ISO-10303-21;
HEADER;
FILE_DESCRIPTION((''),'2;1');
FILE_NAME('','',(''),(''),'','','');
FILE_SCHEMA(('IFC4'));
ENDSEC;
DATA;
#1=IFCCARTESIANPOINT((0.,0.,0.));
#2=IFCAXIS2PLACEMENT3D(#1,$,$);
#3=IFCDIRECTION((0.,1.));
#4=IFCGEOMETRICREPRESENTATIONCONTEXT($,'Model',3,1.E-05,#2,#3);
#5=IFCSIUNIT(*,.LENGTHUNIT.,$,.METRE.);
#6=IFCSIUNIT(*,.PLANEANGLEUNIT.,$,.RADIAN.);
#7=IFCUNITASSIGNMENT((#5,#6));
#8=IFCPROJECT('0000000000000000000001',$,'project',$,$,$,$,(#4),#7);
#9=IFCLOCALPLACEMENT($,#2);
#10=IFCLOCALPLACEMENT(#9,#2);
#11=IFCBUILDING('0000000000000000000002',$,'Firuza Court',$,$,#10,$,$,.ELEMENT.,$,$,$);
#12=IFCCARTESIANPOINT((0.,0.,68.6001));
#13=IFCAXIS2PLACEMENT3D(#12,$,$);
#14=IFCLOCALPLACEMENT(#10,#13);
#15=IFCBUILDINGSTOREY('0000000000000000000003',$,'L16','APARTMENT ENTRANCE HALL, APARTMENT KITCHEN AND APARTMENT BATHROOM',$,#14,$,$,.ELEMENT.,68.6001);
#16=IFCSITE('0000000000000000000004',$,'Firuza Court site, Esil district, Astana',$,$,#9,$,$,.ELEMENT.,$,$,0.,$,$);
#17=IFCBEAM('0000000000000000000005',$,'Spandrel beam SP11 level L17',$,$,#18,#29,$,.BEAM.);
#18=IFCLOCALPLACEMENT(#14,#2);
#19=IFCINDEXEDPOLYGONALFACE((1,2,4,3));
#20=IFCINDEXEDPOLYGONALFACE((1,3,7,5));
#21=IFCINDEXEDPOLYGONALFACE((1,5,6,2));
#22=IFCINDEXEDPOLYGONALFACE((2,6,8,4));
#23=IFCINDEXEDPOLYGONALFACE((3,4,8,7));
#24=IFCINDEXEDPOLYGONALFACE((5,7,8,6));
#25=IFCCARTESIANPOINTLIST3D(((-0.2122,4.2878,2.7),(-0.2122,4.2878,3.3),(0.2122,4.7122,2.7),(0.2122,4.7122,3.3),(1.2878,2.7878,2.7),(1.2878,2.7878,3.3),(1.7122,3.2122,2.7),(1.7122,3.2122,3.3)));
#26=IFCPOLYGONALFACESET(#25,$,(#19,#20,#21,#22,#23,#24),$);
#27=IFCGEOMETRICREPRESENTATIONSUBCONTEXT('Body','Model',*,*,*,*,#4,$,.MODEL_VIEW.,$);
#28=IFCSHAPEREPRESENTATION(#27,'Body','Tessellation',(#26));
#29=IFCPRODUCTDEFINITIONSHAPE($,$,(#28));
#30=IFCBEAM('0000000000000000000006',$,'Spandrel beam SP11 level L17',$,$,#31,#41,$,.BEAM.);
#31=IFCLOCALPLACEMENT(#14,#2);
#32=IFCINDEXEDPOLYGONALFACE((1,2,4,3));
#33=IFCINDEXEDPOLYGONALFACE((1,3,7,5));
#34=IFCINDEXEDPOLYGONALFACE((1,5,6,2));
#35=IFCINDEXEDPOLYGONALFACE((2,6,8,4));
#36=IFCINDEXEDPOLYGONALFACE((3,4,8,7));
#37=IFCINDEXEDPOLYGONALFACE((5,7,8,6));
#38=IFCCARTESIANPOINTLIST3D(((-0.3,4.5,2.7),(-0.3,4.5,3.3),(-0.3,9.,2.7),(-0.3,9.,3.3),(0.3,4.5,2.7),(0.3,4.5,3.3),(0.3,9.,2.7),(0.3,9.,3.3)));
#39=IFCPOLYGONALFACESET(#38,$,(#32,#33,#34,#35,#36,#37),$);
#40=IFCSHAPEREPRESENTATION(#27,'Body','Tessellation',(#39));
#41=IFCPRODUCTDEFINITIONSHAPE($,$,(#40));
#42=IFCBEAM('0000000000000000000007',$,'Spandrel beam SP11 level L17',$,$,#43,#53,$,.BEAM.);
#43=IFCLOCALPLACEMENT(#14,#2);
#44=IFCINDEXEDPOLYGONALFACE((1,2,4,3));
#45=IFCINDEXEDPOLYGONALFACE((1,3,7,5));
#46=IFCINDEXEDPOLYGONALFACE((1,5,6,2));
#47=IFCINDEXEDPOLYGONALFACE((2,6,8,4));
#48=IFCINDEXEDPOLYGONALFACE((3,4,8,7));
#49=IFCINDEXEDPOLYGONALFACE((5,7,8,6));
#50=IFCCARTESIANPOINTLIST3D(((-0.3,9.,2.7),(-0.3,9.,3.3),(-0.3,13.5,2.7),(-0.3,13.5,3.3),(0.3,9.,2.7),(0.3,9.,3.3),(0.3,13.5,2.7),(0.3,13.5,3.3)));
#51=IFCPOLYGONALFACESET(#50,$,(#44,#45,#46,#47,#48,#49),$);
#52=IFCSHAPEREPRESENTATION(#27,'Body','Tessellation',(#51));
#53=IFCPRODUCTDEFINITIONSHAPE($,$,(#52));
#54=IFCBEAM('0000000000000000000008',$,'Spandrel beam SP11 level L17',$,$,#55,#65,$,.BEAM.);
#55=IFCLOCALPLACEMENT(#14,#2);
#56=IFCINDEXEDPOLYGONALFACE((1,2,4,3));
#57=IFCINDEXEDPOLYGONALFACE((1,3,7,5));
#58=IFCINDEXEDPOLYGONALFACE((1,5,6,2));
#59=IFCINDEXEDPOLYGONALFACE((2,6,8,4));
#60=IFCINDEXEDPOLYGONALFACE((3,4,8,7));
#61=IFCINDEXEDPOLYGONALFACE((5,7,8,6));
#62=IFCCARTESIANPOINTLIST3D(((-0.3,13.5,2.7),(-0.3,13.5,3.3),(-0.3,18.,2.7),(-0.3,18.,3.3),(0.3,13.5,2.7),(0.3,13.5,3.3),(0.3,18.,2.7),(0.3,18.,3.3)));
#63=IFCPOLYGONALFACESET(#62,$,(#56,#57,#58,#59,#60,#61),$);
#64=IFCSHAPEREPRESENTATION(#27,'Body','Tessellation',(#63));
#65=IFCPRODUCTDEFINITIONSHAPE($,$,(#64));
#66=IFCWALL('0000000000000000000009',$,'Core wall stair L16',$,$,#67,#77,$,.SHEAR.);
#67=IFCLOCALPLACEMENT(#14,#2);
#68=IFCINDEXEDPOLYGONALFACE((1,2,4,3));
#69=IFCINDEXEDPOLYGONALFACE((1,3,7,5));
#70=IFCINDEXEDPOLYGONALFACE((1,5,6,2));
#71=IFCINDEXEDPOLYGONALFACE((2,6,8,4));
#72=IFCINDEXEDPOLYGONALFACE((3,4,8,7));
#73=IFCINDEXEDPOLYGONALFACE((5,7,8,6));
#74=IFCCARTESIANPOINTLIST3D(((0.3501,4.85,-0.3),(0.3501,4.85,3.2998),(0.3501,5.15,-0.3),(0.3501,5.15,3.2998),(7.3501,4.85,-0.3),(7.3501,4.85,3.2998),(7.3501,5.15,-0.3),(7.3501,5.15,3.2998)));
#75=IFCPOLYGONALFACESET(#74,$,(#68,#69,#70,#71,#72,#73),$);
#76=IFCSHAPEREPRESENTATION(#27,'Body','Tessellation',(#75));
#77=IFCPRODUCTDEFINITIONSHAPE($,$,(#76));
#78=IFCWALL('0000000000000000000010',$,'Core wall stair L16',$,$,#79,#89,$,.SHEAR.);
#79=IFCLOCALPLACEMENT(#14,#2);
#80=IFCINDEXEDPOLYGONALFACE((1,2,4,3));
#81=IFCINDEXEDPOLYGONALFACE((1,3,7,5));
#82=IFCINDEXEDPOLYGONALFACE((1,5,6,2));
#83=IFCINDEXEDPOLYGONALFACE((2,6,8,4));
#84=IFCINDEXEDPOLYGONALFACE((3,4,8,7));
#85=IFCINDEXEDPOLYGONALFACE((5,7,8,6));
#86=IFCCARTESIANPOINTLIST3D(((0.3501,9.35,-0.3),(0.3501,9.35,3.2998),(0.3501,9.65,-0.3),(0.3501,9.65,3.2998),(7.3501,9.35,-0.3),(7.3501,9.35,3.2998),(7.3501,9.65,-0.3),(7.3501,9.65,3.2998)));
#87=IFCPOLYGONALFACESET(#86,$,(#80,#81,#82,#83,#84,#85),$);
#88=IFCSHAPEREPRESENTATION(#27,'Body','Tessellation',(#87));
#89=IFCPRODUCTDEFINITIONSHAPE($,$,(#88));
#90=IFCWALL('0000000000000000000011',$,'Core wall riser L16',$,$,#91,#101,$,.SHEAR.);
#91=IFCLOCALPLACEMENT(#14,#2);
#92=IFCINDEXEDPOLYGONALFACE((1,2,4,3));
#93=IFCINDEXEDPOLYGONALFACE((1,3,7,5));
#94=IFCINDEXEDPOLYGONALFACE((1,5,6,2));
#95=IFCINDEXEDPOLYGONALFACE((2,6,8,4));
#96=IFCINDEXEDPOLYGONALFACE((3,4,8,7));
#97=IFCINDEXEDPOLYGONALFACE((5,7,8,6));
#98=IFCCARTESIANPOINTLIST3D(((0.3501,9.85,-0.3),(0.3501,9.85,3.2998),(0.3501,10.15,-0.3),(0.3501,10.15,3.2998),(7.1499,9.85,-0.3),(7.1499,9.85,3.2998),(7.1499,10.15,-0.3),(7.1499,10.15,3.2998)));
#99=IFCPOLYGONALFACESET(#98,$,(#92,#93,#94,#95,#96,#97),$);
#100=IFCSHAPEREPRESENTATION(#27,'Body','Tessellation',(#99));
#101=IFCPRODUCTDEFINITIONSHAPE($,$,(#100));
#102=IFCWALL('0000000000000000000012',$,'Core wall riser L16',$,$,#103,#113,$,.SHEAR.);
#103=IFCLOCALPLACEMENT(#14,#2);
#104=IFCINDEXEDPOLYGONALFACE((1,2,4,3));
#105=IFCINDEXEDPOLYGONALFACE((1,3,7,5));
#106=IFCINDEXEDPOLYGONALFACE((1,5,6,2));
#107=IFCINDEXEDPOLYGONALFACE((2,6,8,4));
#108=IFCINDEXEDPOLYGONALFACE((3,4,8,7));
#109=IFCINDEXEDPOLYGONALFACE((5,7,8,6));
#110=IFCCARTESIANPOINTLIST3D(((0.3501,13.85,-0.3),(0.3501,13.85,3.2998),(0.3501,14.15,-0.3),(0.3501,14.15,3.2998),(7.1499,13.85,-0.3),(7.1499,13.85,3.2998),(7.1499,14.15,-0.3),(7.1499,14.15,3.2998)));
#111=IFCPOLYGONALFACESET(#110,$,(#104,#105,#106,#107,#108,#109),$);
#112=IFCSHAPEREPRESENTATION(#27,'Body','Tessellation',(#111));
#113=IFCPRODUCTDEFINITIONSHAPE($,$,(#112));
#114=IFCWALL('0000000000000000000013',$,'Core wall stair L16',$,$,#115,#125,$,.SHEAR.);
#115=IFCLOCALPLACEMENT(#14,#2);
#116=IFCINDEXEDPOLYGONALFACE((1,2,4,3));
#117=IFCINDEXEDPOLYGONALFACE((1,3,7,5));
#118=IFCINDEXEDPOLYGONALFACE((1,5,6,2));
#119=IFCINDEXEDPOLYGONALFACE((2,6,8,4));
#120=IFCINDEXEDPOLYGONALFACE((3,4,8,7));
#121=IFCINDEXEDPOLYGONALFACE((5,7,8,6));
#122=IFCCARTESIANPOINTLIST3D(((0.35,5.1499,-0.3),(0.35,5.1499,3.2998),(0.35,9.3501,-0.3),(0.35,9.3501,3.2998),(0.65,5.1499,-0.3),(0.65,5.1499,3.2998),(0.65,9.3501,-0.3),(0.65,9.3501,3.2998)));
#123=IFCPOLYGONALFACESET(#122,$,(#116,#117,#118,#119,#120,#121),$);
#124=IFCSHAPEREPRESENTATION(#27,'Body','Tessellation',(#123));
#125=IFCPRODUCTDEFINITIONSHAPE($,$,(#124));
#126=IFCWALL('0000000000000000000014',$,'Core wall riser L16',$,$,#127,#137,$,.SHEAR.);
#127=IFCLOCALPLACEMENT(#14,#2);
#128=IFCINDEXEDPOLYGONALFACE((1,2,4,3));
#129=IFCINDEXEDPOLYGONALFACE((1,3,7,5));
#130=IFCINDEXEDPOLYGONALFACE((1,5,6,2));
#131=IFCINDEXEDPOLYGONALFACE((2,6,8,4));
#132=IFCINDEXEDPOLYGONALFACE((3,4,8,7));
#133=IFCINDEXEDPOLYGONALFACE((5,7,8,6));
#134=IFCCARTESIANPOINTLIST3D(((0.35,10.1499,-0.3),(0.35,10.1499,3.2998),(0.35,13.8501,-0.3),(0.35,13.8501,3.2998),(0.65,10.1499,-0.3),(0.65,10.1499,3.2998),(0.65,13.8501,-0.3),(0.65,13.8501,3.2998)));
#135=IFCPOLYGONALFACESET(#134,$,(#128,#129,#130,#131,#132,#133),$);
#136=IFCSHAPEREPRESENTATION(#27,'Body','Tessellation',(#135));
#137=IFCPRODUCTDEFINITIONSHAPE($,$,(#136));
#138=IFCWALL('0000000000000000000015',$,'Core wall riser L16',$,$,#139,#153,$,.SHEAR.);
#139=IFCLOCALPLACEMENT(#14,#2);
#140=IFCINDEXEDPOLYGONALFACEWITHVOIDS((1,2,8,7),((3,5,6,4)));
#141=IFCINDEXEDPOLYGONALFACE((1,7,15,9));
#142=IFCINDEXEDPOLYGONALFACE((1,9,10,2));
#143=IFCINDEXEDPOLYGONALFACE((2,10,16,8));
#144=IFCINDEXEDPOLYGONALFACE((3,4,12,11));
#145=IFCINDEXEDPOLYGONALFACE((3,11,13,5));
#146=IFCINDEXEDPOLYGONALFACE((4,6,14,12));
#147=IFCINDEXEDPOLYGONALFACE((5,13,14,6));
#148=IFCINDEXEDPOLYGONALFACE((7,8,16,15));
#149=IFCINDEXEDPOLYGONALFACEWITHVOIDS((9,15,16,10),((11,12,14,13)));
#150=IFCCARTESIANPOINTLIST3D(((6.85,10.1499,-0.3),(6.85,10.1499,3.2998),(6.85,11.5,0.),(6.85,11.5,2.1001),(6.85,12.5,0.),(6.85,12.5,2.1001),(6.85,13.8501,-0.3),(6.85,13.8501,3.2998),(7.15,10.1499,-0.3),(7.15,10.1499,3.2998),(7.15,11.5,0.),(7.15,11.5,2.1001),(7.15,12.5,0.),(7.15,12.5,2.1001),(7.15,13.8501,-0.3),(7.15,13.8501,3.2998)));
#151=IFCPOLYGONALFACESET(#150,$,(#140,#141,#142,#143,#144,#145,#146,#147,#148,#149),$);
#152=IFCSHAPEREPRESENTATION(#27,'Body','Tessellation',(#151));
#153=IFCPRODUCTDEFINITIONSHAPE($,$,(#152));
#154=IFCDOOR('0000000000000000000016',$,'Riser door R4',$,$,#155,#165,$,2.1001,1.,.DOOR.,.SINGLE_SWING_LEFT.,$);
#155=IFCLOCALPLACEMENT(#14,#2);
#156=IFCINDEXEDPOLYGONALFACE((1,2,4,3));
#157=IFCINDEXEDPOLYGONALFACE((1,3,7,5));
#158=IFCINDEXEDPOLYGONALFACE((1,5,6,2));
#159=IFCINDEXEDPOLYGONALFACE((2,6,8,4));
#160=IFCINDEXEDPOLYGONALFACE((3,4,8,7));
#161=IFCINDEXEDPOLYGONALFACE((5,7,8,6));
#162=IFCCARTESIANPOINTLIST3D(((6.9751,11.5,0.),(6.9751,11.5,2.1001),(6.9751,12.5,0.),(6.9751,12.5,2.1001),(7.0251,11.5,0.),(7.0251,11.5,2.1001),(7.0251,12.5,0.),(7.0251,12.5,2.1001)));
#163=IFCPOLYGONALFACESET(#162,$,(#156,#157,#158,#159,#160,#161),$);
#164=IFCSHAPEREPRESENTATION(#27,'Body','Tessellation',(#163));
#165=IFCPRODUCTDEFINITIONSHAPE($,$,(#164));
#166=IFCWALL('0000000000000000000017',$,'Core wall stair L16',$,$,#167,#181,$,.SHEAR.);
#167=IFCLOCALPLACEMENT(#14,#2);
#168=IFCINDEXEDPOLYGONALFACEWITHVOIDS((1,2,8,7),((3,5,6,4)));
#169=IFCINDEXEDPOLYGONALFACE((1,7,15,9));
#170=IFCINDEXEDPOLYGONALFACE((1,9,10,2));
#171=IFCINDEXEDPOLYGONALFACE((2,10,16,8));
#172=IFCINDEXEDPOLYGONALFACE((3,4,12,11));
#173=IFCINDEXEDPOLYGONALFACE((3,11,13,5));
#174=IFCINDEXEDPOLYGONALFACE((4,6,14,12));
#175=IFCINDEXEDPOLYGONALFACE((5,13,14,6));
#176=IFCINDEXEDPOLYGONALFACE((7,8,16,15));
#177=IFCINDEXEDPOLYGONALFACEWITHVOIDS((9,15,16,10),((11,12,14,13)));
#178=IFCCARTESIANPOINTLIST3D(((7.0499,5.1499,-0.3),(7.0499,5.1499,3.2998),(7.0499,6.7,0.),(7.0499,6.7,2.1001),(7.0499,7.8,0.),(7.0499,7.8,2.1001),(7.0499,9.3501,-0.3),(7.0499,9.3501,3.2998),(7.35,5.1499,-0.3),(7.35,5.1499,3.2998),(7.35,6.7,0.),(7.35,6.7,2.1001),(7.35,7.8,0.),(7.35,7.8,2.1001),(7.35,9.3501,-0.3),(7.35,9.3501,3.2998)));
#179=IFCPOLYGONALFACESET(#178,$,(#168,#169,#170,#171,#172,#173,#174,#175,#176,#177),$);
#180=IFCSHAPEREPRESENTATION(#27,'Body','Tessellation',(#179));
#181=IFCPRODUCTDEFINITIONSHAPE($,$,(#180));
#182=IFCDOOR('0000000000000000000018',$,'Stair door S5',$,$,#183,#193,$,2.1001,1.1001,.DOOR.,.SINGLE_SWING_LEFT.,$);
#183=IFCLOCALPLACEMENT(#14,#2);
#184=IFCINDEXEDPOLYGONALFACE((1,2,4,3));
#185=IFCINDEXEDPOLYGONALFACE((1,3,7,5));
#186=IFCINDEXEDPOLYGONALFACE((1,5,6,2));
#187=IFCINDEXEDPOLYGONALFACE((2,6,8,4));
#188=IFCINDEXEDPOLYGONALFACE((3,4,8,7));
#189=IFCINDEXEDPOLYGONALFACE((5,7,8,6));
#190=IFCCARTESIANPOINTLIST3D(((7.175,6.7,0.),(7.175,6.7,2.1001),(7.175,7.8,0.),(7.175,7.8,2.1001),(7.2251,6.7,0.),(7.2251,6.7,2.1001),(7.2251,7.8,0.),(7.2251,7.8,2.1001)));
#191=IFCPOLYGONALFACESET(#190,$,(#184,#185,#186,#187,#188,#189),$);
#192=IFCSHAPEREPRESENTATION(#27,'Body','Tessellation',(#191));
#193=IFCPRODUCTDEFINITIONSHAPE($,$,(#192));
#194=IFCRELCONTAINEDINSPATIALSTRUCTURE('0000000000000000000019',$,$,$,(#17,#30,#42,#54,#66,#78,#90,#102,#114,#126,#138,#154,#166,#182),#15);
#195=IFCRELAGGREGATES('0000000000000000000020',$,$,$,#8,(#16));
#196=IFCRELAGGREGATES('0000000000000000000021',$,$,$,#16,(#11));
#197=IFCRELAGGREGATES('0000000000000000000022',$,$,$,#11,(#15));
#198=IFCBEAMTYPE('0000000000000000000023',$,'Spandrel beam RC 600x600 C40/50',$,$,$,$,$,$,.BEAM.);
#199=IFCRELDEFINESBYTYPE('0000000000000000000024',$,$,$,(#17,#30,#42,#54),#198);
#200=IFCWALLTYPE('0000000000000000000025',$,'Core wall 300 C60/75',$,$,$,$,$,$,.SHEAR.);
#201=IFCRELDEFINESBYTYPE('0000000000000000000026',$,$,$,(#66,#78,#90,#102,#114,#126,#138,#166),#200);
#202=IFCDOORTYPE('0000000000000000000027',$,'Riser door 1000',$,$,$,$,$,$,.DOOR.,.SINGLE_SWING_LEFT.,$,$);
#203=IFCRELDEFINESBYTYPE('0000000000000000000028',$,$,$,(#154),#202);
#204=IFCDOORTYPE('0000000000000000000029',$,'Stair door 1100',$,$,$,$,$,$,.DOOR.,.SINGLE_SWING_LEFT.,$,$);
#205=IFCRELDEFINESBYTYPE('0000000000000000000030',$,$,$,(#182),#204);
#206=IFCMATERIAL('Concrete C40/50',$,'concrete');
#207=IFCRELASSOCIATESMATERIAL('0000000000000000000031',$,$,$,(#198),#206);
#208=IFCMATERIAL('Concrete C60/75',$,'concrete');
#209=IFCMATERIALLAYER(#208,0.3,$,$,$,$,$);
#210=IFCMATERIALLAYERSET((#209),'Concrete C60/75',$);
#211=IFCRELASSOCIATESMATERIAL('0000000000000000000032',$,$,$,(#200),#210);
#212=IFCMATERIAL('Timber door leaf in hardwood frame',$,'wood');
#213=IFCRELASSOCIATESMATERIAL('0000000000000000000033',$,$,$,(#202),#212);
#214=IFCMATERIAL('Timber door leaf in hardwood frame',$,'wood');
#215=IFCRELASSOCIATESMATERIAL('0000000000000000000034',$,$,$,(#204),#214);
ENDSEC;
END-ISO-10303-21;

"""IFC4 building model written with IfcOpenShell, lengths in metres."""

from ifc_helpers import new_model, si_unit, direction, frame, frame_2d, origin, origin_2d, place, context, subcontext, project, spatial, rectangle, extrude, material, layer, layer_set, material_profile, profile_set, type_object, element, fill, save


model = new_model("IFC4")

# Units and contexts
model_context = context("Model", 3, precision=1e-05, world=origin(), true_north=direction((0.0, 1.0)))
body_context = subcontext(model_context, "Body", "Model", "MODEL_VIEW")
ifc_project = project(units=[si_unit("LENGTHUNIT", "METRE"), si_unit("PLANEANGLEUNIT", "RADIAN")], contexts=[model_context])

# Site, building, storey
site_placement = place(None, origin())
site = spatial("IfcSite", under=ifc_project, at=site_placement, Name="Firuza Court site, Esil district, Astana", CompositionType="ELEMENT", RefElevation=0.0)
building_placement = place(site_placement, origin())
building = spatial("IfcBuilding", under=site, at=building_placement, Name="Firuza Court", CompositionType="ELEMENT")
storey_placement = place(building_placement, frame((0.0, 0.0, 68.6001)))
storey = spatial("IfcBuildingStorey", under=building, at=storey_placement, Name="L16", Description="APARTMENT ENTRANCE HALL, APARTMENT KITCHEN AND APARTMENT BATHROOM", CompositionType="ELEMENT", Elevation=68.6001)

# Beams
ifc_material_1 = material(Name="Concrete C40/50", Category="concrete")
ifc_material_profile_1 = material_profile(ifc_material_1, rectangle(XDim=0.6001, YDim=0.6001, at=origin_2d()), Name="RC 600x600")
ifc_profile_set_1 = profile_set([ifc_material_profile_1], Name="Concrete C40/50")
beam_type_1 = type_object("IfcBeamType", Name="Spandrel beam RC 600x600 C40/50", PredefinedType="BEAM", material=ifc_profile_set_1)
beam_1_placement = place(storey_placement, frame((0.0, 4.5, 3.0), z_axis=(0.707107, -0.707107, 0.0), x_axis=(0.707107, 0.707107, 0.0)))
element("IfcBeam", 1, at=beam_1_placement, inside=storey, type_object=beam_type_1, Name="Spandrel beam SP11 level L17", PredefinedType="BEAM", context=body_context, shape_type="SweptSolid", body=[
    extrude(rectangle(XDim=0.6001, YDim=0.6001, at=origin_2d()), origin(), (0.0, 0.0, 1.0), 2.1213),
])
for number, where, z_axis, x_axis, name in (
    (2, (0.0, 9.0, 3.0), (0.0, -1.0, 0.0), (1.0, 0.0, 0.0), "Spandrel beam SP11 level L17"),
    (3, (0.0, 13.5, 3.0), (0.0, -1.0, 0.0), (1.0, 0.0, 0.0), "Spandrel beam SP11 level L17"),
    (4, (0.0, 18.0, 3.0), (0.0, -1.0, 0.0), (1.0, 0.0, 0.0), "Spandrel beam SP11 level L17"),
):
    element("IfcBeam", number, at=place(storey_placement, frame(where, z_axis=z_axis, x_axis=x_axis)), inside=storey, type_object=beam_type_1, Name=name, PredefinedType="BEAM", context=body_context, shape_type="SweptSolid", body=[
        extrude(rectangle(XDim=0.6001, YDim=0.6001, at=origin_2d()), origin(), (0.0, 0.0, 1.0), 4.5),
    ])

# Walls
ifc_material_2 = material(Name="Concrete C60/75", Category="concrete")
ifc_layer_1 = layer(ifc_material_2, 0.3)
ifc_layer_set_1 = layer_set([ifc_layer_1], Name="Concrete C60/75")
wall_type_1 = type_object("IfcWallType", Name="Core wall 300 C60/75", PredefinedType="SHEAR", material=ifc_layer_set_1)
for number, where, z_axis, x_axis, name in (
    (5, (0.3501, 5.0, -0.3), (0.0, 0.0, 1.0), (1.0, 0.0, 0.0), "Core wall stair L16"),
    (6, (0.3501, 9.5, -0.3), (0.0, 0.0, 1.0), (1.0, 0.0, 0.0), "Core wall stair L16"),
):
    element("IfcWall", number, at=place(storey_placement, frame(where, z_axis=z_axis, x_axis=x_axis)), inside=storey, type_object=wall_type_1, Name=name, PredefinedType="SHEAR", context=body_context, shape_type="SweptSolid", body=[
        extrude(rectangle(XDim=7.0, YDim=0.3, at=frame_2d((3.5, 0.0))), origin(), (0.0, 0.0, 1.0), 3.5999),
    ])
for number, where, z_axis, x_axis, name in (
    (7, (0.3501, 10.0, -0.3), (0.0, 0.0, 1.0), (1.0, 0.0, 0.0), "Core wall riser L16"),
    (8, (0.3501, 14.0, -0.3), (0.0, 0.0, 1.0), (1.0, 0.0, 0.0), "Core wall riser L16"),
):
    element("IfcWall", number, at=place(storey_placement, frame(where, z_axis=z_axis, x_axis=x_axis)), inside=storey, type_object=wall_type_1, Name=name, PredefinedType="SHEAR", context=body_context, shape_type="SweptSolid", body=[
        extrude(rectangle(XDim=6.7998, YDim=0.3, at=frame_2d((3.3999, 0.0))), origin(), (0.0, 0.0, 1.0), 3.5999),
    ])
wall_1_placement = place(storey_placement, frame((0.5, 5.1499, -0.3), z_axis=(0.0, 0.0, 1.0), x_axis=(0.0, 1.0, 0.0)))
element("IfcWall", 9, at=wall_1_placement, inside=storey, type_object=wall_type_1, Name="Core wall stair L16", PredefinedType="SHEAR", context=body_context, shape_type="SweptSolid", body=[
    extrude(rectangle(XDim=4.2002, YDim=0.3, at=frame_2d((2.1001, 0.0))), origin(), (0.0, 0.0, 1.0), 3.5999),
])
wall_2_placement = place(storey_placement, frame((0.5, 10.1499, -0.3), z_axis=(0.0, 0.0, 1.0), x_axis=(0.0, 1.0, 0.0)))
element("IfcWall", 10, at=wall_2_placement, inside=storey, type_object=wall_type_1, Name="Core wall riser L16", PredefinedType="SHEAR", context=body_context, shape_type="SweptSolid", body=[
    extrude(rectangle(XDim=3.7002, YDim=0.3, at=frame_2d((1.8501, 0.0))), origin(), (0.0, 0.0, 1.0), 3.5999),
])

# Walls, openings, doors
wall_3_placement = place(storey_placement, frame((7.0, 10.1499, -0.3), z_axis=(0.0, 0.0, 1.0), x_axis=(0.0, 1.0, 0.0)))
wall_3 = element("IfcWall", 11, at=wall_3_placement, inside=storey, type_object=wall_type_1, Name="Core wall riser L16", PredefinedType="SHEAR", context=body_context, shape_type="SweptSolid", body=[
    extrude(rectangle(XDim=3.7002, YDim=0.3, at=frame_2d((1.8501, 0.0))), origin(), (0.0, 0.0, 1.0), 3.5999),
])
opening_1_placement = place(wall_3_placement, frame((1.3501, 0.0, 0.3)))
opening_1 = element("IfcOpeningElement", 12, at=opening_1_placement, cuts=wall_3, PredefinedType="OPENING", context=body_context, shape_type="SweptSolid", body=[
    extrude(rectangle(XDim=1.0, YDim=2.1001, at=frame_2d((0.5, 1.05))), frame((0.0, 0.1621, 0.0), z_axis=(0.0, -1.0, 0.0), x_axis=(1.0, 0.0, 0.0)), (0.0, 0.0, 1.0), 0.324),
])
ifc_material_3 = material(Name="Timber door leaf in hardwood frame", Category="wood")
door_type_1 = type_object("IfcDoorType", Name="Riser door 1000", OperationType="SINGLE_SWING_LEFT", PredefinedType="DOOR", material=ifc_material_3)
door_1_placement = place(opening_1_placement, origin())
door_1 = element("IfcDoor", 13, at=door_1_placement, inside=storey, type_object=door_type_1, Name="Riser door R4", OperationType="SINGLE_SWING_LEFT", OverallHeight=2.1001, OverallWidth=1.0, PredefinedType="DOOR", context=body_context, shape_type="SweptSolid", body=[
    extrude(rectangle(XDim=1.0, YDim=2.1001, at=frame_2d((0.5, 1.05))), frame((0.0, 0.0249, 0.0), z_axis=(0.0, -1.0, 0.0), x_axis=(1.0, 0.0, 0.0)), (0.0, 0.0, 1.0), 0.05),
])
fill(opening_1, door_1)
wall_4_placement = place(storey_placement, frame((7.2, 5.1499, -0.3), z_axis=(0.0, 0.0, 1.0), x_axis=(0.0, 1.0, 0.0)))
wall_4 = element("IfcWall", 14, at=wall_4_placement, inside=storey, type_object=wall_type_1, Name="Core wall stair L16", PredefinedType="SHEAR", context=body_context, shape_type="SweptSolid", body=[
    extrude(rectangle(XDim=4.2002, YDim=0.3, at=frame_2d((2.1001, 0.0))), origin(), (0.0, 0.0, 1.0), 3.5999),
])
opening_2_placement = place(wall_4_placement, frame((1.55, 0.0, 0.3)))
opening_2 = element("IfcOpeningElement", 15, at=opening_2_placement, cuts=wall_4, PredefinedType="OPENING", context=body_context, shape_type="SweptSolid", body=[
    extrude(rectangle(XDim=1.1001, YDim=2.1001, at=frame_2d((0.55, 1.05))), frame((0.0, 0.1621, 0.0), z_axis=(0.0, -1.0, 0.0), x_axis=(1.0, 0.0, 0.0)), (0.0, 0.0, 1.0), 0.324),
])
ifc_material_4 = material(Name="Timber door leaf in hardwood frame", Category="wood")
door_type_2 = type_object("IfcDoorType", Name="Stair door 1100", OperationType="SINGLE_SWING_LEFT", PredefinedType="DOOR", material=ifc_material_4)
door_2_placement = place(opening_2_placement, origin())
door_2 = element("IfcDoor", 16, at=door_2_placement, inside=storey, type_object=door_type_2, Name="Stair door S5", OperationType="SINGLE_SWING_LEFT", OverallHeight=2.1001, OverallWidth=1.1001, PredefinedType="DOOR", context=body_context, shape_type="SweptSolid", body=[
    extrude(rectangle(XDim=1.1001, YDim=2.1001, at=frame_2d((0.55, 1.05))), frame((0.0, 0.0249, 0.0), z_axis=(0.0, -1.0, 0.0), x_axis=(1.0, 0.0, 0.0)), (0.0, 0.0, 1.0), 0.05),
])
fill(opening_2, door_2)

save(model, "model.ifc")
